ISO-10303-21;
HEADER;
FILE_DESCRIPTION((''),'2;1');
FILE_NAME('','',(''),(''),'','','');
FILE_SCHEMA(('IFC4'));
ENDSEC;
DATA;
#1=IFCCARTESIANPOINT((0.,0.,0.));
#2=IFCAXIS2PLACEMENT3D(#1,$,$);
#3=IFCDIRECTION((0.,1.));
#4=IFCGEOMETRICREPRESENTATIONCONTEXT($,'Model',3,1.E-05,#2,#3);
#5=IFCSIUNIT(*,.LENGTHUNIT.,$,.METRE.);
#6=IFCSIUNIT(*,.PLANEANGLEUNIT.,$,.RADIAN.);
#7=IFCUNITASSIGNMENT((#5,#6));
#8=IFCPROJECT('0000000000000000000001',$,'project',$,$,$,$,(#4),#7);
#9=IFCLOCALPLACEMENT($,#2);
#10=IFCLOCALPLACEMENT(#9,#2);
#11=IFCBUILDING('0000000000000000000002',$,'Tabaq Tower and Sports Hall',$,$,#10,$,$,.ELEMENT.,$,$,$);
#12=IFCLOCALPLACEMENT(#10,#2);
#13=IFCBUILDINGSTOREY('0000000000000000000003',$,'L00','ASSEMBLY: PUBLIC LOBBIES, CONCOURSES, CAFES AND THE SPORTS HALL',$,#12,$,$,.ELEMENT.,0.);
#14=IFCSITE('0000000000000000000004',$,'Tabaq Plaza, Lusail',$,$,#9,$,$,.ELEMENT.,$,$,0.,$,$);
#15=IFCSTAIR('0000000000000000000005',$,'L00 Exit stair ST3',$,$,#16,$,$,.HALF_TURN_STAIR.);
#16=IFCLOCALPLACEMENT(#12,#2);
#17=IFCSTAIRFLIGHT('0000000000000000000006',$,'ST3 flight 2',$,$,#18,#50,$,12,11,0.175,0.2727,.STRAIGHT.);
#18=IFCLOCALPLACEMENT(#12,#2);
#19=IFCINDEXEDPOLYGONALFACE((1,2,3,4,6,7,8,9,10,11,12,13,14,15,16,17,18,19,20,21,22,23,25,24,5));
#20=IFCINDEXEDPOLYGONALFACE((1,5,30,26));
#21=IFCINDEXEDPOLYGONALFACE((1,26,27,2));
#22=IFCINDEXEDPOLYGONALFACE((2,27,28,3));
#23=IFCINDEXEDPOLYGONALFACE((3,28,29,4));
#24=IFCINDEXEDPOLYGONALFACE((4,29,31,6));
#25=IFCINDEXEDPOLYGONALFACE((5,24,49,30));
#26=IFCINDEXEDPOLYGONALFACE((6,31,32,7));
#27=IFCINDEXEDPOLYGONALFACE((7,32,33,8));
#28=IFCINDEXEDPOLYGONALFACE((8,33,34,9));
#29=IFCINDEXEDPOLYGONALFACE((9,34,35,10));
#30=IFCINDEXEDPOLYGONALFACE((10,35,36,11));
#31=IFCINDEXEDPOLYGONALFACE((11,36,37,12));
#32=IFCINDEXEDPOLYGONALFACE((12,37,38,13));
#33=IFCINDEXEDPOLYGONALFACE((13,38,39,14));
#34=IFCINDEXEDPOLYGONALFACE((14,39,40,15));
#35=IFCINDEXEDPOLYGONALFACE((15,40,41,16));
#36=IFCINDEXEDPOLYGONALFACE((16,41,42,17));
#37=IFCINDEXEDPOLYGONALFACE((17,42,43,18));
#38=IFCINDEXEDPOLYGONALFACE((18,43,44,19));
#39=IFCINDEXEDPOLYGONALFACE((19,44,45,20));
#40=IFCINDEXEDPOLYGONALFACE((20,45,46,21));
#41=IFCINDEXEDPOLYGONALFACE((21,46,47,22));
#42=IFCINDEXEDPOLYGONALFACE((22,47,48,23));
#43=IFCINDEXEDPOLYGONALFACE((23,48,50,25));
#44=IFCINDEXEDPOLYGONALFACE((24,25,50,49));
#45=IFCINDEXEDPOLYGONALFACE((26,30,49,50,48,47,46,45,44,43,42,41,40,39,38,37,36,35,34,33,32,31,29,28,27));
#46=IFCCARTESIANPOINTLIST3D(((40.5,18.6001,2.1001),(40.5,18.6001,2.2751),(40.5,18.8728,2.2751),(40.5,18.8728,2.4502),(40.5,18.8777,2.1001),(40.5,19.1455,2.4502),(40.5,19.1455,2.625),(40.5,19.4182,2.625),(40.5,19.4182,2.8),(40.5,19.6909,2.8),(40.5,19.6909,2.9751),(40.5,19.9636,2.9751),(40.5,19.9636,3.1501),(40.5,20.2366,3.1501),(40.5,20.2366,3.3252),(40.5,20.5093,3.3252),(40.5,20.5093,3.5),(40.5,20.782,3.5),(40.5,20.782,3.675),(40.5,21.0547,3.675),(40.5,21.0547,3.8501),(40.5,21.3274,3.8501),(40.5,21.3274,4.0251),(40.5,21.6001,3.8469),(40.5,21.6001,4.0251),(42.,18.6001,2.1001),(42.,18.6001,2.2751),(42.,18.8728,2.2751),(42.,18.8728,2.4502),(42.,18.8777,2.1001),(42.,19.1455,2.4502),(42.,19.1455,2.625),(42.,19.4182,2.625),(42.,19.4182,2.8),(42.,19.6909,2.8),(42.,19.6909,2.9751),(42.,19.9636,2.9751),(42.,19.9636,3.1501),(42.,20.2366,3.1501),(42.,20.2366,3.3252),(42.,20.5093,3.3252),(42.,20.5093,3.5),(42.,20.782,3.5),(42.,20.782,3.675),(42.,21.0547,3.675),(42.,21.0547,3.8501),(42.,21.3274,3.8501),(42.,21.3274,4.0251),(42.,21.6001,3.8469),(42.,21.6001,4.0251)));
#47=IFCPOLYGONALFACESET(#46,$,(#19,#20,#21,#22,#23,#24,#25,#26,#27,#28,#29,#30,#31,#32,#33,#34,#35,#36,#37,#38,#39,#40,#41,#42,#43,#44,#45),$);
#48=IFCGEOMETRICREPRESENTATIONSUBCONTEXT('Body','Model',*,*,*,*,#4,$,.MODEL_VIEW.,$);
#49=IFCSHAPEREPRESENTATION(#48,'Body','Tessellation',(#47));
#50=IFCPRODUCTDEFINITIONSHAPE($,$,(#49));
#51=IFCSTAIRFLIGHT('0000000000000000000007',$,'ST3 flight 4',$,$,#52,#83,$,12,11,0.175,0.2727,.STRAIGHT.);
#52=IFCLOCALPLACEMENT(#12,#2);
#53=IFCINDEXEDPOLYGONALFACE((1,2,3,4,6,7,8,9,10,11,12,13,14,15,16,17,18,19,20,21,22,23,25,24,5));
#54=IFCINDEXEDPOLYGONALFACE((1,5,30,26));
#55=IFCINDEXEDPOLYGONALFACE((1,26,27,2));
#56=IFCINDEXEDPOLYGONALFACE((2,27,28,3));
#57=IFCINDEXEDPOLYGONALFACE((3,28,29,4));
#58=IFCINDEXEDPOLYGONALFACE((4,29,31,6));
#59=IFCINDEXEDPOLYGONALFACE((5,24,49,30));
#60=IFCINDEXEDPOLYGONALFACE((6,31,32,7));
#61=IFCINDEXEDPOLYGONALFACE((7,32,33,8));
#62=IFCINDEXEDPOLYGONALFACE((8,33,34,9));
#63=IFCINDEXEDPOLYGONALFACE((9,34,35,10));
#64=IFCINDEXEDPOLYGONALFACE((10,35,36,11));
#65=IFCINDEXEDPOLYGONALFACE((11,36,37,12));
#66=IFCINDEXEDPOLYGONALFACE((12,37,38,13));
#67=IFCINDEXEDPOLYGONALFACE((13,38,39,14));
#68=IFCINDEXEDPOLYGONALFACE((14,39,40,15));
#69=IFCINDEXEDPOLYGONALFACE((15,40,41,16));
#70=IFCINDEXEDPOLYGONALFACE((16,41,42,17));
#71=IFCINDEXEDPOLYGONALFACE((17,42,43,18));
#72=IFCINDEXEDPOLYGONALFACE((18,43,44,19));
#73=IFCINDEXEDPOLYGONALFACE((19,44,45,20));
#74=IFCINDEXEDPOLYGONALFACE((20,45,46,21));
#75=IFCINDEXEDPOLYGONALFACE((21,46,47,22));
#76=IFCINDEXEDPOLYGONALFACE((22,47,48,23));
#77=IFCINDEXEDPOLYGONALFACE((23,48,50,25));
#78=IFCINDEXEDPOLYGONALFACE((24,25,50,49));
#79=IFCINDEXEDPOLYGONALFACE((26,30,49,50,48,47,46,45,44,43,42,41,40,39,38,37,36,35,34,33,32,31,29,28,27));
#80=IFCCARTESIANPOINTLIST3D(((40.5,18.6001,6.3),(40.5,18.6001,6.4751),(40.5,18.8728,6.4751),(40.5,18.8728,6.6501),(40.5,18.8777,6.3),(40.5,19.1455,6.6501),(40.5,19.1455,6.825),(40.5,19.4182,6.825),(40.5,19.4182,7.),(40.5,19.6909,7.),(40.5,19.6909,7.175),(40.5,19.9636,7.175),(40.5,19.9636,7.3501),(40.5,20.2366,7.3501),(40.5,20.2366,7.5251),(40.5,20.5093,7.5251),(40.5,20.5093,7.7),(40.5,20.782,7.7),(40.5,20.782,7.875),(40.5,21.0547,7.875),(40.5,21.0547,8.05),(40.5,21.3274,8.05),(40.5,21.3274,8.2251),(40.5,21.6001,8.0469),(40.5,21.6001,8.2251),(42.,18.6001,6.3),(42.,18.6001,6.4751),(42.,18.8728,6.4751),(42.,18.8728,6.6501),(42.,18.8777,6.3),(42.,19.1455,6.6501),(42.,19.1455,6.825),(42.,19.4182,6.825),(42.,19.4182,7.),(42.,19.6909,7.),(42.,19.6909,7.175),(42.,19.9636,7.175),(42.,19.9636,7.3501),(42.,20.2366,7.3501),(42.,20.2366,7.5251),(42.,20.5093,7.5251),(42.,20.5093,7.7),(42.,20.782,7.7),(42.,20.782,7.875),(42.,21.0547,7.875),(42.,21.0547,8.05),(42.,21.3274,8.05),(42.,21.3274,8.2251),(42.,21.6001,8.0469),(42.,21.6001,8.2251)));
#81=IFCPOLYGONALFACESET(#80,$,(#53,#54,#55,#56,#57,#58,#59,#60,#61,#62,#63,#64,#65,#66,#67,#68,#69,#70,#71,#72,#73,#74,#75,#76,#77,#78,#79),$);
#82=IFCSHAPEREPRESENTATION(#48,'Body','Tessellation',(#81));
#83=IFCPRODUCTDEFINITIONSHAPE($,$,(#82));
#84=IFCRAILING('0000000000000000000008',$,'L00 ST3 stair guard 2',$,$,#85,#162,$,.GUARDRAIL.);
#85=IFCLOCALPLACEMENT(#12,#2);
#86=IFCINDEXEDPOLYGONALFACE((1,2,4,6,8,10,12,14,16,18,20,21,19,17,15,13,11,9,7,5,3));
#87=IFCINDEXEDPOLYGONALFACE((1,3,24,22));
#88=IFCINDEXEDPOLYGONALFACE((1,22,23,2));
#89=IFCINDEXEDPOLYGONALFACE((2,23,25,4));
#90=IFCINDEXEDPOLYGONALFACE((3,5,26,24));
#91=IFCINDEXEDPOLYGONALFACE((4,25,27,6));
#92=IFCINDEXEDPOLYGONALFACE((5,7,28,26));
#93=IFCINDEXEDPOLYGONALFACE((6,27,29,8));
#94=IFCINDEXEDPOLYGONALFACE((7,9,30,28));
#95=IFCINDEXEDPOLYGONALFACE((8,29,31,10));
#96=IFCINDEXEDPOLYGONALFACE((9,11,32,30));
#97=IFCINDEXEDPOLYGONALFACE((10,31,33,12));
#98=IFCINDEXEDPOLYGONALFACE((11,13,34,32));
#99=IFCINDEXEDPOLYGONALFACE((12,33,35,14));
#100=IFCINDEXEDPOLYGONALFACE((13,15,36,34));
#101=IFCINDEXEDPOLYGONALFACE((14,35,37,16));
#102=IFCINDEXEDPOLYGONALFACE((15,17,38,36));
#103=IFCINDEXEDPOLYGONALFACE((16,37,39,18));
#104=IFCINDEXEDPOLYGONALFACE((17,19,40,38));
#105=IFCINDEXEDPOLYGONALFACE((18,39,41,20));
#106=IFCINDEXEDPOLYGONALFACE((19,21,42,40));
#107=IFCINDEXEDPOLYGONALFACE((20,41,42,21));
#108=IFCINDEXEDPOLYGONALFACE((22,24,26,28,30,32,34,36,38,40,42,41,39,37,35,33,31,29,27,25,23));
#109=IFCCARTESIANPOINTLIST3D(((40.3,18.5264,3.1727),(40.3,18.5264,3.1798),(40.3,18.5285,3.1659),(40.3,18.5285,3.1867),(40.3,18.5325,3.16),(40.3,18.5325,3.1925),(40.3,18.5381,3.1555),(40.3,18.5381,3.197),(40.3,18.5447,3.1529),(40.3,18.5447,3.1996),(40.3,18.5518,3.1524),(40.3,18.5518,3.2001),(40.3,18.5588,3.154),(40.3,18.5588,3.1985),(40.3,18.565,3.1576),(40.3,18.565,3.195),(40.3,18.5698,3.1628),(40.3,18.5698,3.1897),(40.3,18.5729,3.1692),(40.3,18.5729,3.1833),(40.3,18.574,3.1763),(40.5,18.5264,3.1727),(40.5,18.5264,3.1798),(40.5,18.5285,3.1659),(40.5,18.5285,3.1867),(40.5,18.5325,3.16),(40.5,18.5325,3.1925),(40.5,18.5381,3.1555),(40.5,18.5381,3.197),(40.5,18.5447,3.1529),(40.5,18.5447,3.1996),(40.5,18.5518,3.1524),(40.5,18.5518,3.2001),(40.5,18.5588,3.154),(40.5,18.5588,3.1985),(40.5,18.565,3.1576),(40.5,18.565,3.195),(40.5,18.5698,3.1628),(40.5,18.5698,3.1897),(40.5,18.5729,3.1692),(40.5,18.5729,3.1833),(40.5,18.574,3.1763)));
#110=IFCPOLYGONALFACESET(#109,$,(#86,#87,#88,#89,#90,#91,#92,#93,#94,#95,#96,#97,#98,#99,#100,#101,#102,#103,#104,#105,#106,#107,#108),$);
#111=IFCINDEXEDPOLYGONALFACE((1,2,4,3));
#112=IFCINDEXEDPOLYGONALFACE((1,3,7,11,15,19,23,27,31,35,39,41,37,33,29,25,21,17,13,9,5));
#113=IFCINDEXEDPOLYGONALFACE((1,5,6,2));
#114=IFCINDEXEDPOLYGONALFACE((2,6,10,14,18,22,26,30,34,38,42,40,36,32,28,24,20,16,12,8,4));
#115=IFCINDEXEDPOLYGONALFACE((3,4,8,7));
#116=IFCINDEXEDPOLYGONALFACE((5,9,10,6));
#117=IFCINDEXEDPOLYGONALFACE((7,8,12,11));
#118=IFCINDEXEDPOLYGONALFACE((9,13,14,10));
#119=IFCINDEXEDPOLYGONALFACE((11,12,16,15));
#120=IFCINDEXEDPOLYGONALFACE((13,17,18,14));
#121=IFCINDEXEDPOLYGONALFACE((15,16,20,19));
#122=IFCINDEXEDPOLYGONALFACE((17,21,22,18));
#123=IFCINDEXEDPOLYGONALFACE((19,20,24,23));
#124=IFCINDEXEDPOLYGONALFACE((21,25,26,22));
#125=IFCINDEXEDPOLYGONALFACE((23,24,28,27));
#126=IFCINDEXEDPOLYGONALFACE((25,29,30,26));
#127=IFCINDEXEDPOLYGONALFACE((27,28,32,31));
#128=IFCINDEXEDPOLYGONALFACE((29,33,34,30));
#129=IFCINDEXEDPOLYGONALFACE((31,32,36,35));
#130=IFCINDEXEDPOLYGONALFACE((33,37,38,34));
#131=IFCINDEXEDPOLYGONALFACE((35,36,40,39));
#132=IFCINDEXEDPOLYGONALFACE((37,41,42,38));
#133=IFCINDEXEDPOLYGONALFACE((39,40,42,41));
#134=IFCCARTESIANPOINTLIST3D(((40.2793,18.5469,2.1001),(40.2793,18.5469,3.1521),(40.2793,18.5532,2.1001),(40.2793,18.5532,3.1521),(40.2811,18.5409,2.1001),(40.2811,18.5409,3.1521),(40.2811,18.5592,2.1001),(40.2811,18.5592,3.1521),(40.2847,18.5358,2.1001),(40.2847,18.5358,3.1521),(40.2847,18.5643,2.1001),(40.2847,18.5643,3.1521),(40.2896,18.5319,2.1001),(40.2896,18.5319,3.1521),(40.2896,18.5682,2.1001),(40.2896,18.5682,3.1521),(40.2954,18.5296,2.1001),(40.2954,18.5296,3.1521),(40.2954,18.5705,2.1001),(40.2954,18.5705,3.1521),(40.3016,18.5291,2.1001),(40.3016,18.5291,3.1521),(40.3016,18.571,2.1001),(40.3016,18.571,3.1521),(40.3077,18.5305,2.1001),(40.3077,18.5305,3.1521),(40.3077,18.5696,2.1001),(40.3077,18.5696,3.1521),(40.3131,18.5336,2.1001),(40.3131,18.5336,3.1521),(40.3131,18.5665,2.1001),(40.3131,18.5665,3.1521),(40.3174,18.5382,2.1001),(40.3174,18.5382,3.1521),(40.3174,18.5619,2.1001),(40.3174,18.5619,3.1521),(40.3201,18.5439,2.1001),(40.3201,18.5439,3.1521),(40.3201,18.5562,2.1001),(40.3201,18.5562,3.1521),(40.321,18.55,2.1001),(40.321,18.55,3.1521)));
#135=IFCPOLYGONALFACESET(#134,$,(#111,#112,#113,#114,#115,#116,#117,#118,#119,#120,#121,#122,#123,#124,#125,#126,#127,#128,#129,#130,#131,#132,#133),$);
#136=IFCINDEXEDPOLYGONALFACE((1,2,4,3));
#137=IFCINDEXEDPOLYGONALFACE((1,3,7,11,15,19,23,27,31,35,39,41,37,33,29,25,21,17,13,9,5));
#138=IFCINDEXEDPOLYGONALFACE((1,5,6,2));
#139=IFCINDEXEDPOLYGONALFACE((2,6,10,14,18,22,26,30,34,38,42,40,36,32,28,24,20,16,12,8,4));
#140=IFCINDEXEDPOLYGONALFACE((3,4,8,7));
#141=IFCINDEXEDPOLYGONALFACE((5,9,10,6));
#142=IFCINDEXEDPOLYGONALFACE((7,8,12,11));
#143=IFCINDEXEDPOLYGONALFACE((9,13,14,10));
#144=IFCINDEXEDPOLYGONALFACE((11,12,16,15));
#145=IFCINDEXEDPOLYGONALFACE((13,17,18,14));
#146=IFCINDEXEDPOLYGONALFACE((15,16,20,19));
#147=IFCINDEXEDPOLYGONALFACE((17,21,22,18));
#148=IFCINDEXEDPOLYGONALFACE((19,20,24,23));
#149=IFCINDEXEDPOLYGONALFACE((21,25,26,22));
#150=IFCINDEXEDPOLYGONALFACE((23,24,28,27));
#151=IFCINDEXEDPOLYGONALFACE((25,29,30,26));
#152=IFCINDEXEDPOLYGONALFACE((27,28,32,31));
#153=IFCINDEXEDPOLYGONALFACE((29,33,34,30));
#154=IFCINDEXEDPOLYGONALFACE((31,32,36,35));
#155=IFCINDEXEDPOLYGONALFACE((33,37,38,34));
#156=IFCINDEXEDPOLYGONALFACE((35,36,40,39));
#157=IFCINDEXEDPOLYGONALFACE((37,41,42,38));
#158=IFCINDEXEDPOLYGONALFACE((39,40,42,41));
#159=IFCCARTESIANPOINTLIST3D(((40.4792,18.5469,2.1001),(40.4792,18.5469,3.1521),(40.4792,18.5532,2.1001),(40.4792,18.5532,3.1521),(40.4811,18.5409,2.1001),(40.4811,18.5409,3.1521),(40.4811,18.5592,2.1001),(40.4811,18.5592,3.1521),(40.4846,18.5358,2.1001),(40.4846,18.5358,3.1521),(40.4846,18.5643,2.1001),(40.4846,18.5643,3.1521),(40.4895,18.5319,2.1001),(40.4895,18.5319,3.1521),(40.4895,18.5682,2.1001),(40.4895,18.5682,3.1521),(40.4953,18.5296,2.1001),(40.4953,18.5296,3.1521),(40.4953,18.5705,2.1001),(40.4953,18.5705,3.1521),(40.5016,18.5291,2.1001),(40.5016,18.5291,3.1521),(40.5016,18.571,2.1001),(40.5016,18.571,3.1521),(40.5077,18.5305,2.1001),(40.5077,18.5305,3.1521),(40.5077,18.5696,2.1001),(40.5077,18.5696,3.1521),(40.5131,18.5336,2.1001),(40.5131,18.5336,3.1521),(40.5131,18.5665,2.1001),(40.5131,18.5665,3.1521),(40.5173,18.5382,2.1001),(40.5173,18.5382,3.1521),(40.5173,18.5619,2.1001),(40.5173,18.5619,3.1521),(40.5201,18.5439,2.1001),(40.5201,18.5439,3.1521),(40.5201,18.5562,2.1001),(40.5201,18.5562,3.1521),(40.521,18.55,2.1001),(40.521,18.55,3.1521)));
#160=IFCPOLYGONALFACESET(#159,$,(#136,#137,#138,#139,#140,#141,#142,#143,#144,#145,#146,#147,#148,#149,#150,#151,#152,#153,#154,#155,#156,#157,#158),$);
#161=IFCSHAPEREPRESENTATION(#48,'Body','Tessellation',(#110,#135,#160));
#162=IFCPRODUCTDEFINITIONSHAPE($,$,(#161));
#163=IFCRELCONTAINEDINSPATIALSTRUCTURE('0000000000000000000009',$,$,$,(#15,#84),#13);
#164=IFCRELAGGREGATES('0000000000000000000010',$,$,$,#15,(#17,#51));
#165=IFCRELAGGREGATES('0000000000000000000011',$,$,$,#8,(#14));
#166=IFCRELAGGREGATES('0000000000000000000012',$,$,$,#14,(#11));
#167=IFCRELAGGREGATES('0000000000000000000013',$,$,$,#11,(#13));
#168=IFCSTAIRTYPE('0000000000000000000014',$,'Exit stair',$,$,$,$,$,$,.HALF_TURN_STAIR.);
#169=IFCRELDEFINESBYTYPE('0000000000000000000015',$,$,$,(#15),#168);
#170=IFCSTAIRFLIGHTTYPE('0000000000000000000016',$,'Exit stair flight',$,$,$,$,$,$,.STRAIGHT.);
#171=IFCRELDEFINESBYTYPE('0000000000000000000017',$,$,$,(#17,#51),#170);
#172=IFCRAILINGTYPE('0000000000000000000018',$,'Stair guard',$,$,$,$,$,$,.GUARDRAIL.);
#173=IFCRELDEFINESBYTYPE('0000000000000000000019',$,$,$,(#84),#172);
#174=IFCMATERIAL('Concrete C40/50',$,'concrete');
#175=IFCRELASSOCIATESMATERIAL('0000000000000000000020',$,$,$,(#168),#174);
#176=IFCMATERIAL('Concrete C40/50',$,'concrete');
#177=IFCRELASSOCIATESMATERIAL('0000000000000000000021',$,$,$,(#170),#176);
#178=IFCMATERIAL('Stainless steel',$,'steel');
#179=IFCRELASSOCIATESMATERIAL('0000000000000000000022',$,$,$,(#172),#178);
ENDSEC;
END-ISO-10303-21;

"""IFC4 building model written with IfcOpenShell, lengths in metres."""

from ifc_helpers import new_model, si_unit, direction, frame, origin, origin_2d, place, context, subcontext, project, spatial, polyline, circle, outline, extrude, material, type_object, element, aggregate, save


model = new_model("IFC4")

# Units and contexts
model_context = context("Model", 3, precision=1e-05, world=origin(), true_north=direction((0.0, 1.0)))
body_context = subcontext(model_context, "Body", "Model", "MODEL_VIEW")
ifc_project = project(units=[si_unit("LENGTHUNIT", "METRE"), si_unit("PLANEANGLEUNIT", "RADIAN")], contexts=[model_context])

# Site, building, storey
site_placement = place(None, origin())
site = spatial("IfcSite", under=ifc_project, at=site_placement, Name="Tabaq Plaza, Lusail", CompositionType="ELEMENT", RefElevation=0.0)
building_placement = place(site_placement, origin())
building = spatial("IfcBuilding", under=site, at=building_placement, Name="Tabaq Tower and Sports Hall", CompositionType="ELEMENT")
storey_placement = place(building_placement, origin())
storey = spatial("IfcBuildingStorey", under=building, at=storey_placement, Name="L00", Description="ASSEMBLY: PUBLIC LOBBIES, CONCOURSES, CAFES AND THE SPORTS HALL", CompositionType="ELEMENT", Elevation=0.0)

# Stair, stair flights
ifc_material_1 = material(Name="Concrete C40/50", Category="concrete")
stair_type = type_object("IfcStairType", Name="Exit stair", PredefinedType="HALF_TURN_STAIR", material=ifc_material_1)
stair_placement = place(storey_placement, origin())
stair = element("IfcStair", 1, at=stair_placement, inside=storey, type_object=stair_type, Name="L00 Exit stair ST3", PredefinedType="HALF_TURN_STAIR")
ifc_material_2 = material(Name="Concrete C40/50", Category="concrete")
stair_flight_type = type_object("IfcStairFlightType", Name="Exit stair flight", PredefinedType="STRAIGHT", material=ifc_material_2)
stair_flight_1_placement = place(storey_placement, frame((41.25, 18.6001, 2.1001), z_axis=(0.0, 0.0, 1.0), x_axis=(0.0, 1.0, 0.0)))
stair_flight_1 = element("IfcStairFlight", 2, at=stair_flight_1_placement, type_object=stair_flight_type, Name="ST3 flight 2", NumberOfRisers=12, NumberOfTreads=11, PredefinedType="STRAIGHT", RiserHeight=0.175, TreadLength=0.2727, context=body_context, shape_type="SweptSolid", body=[
    extrude(outline(polyline([(0.0, 0.0), (0.0, 0.175), (0.2727, 0.175), (0.2727, 0.3501), (0.5454, 0.3501), (0.5454, 0.5249), (0.8181, 0.5249), (0.8181, 0.7), (1.0908, 0.7), (1.0908, 0.875), (1.3635, 0.875), (1.3635, 1.05), (1.6365, 1.05), (1.6365, 1.2251), (1.9092, 1.2251), (1.9092, 1.3999), (2.1819, 1.3999), (2.1819, 1.575), (2.4546, 1.575), (2.4546, 1.75), (2.7273, 1.75), (2.7273, 1.925), (3.0, 1.925), (3.0, 2.1001), (3.0, 1.7468), (0.2776, 0.0), (0.0, 0.0)])), frame((0.0, 0.75, 0.0), z_axis=(0.0, -1.0, 0.0), x_axis=(1.0, 0.0, 0.0)), (0.0, 0.0, 1.0), 1.5),
])
stair_flight_2_placement = place(storey_placement, frame((41.25, 18.6001, 6.3), z_axis=(0.0, 0.0, 1.0), x_axis=(0.0, 1.0, 0.0)))
stair_flight_2 = element("IfcStairFlight", 3, at=stair_flight_2_placement, type_object=stair_flight_type, Name="ST3 flight 4", NumberOfRisers=12, NumberOfTreads=11, PredefinedType="STRAIGHT", RiserHeight=0.175, TreadLength=0.2727, context=body_context, shape_type="SweptSolid", body=[
    extrude(outline(polyline([(0.0, 0.0), (0.0, 0.175), (0.2727, 0.175), (0.2727, 0.3501), (0.5454, 0.3501), (0.5454, 0.5249), (0.8181, 0.5249), (0.8181, 0.7), (1.0908, 0.7), (1.0908, 0.875), (1.3635, 0.875), (1.3635, 1.05), (1.6365, 1.05), (1.6365, 1.2251), (1.9092, 1.2251), (1.9092, 1.3999), (2.1819, 1.3999), (2.1819, 1.575), (2.4546, 1.575), (2.4546, 1.75), (2.7273, 1.75), (2.7273, 1.925), (3.0, 1.925), (3.0, 2.1001), (3.0, 1.7468), (0.2776, 0.0), (0.0, 0.0)])), frame((0.0, 0.75, 0.0), z_axis=(0.0, -1.0, 0.0), x_axis=(1.0, 0.0, 0.0)), (0.0, 0.0, 1.0), 1.5),
])
aggregate(stair, [stair_flight_1, stair_flight_2])

# Railing
ifc_material_3 = material(Name="Stainless steel", Category="steel")
railing_type_1 = type_object("IfcRailingType", Name="Stair guard", PredefinedType="GUARDRAIL", material=ifc_material_3)
railing_1_placement = place(storey_placement, frame((40.3, 18.55, 2.1001)))
element("IfcRailing", 4, at=railing_1_placement, inside=storey, type_object=railing_type_1, Name="L00 ST3 stair guard 2", PredefinedType="GUARDRAIL", context=body_context, shape_type="SweptSolid", body=[
    extrude(circle(Radius=0.0239, at=origin_2d()), frame((0.0, 0.0, 1.0762), z_axis=(1.0, 0.0, 0.0), x_axis=(0.0, 1.0, 0.0)), (0.0, 0.0, 1.0), 0.2),
    extrude(circle(Radius=0.021, at=origin_2d()), origin(), (0.0, 0.0, 1.0), 1.052),
    extrude(circle(Radius=0.021, at=origin_2d()), frame((0.2, 0.0, 0.0)), (0.0, 0.0, 1.0), 1.052),
])

save(model, "model.ifc")
